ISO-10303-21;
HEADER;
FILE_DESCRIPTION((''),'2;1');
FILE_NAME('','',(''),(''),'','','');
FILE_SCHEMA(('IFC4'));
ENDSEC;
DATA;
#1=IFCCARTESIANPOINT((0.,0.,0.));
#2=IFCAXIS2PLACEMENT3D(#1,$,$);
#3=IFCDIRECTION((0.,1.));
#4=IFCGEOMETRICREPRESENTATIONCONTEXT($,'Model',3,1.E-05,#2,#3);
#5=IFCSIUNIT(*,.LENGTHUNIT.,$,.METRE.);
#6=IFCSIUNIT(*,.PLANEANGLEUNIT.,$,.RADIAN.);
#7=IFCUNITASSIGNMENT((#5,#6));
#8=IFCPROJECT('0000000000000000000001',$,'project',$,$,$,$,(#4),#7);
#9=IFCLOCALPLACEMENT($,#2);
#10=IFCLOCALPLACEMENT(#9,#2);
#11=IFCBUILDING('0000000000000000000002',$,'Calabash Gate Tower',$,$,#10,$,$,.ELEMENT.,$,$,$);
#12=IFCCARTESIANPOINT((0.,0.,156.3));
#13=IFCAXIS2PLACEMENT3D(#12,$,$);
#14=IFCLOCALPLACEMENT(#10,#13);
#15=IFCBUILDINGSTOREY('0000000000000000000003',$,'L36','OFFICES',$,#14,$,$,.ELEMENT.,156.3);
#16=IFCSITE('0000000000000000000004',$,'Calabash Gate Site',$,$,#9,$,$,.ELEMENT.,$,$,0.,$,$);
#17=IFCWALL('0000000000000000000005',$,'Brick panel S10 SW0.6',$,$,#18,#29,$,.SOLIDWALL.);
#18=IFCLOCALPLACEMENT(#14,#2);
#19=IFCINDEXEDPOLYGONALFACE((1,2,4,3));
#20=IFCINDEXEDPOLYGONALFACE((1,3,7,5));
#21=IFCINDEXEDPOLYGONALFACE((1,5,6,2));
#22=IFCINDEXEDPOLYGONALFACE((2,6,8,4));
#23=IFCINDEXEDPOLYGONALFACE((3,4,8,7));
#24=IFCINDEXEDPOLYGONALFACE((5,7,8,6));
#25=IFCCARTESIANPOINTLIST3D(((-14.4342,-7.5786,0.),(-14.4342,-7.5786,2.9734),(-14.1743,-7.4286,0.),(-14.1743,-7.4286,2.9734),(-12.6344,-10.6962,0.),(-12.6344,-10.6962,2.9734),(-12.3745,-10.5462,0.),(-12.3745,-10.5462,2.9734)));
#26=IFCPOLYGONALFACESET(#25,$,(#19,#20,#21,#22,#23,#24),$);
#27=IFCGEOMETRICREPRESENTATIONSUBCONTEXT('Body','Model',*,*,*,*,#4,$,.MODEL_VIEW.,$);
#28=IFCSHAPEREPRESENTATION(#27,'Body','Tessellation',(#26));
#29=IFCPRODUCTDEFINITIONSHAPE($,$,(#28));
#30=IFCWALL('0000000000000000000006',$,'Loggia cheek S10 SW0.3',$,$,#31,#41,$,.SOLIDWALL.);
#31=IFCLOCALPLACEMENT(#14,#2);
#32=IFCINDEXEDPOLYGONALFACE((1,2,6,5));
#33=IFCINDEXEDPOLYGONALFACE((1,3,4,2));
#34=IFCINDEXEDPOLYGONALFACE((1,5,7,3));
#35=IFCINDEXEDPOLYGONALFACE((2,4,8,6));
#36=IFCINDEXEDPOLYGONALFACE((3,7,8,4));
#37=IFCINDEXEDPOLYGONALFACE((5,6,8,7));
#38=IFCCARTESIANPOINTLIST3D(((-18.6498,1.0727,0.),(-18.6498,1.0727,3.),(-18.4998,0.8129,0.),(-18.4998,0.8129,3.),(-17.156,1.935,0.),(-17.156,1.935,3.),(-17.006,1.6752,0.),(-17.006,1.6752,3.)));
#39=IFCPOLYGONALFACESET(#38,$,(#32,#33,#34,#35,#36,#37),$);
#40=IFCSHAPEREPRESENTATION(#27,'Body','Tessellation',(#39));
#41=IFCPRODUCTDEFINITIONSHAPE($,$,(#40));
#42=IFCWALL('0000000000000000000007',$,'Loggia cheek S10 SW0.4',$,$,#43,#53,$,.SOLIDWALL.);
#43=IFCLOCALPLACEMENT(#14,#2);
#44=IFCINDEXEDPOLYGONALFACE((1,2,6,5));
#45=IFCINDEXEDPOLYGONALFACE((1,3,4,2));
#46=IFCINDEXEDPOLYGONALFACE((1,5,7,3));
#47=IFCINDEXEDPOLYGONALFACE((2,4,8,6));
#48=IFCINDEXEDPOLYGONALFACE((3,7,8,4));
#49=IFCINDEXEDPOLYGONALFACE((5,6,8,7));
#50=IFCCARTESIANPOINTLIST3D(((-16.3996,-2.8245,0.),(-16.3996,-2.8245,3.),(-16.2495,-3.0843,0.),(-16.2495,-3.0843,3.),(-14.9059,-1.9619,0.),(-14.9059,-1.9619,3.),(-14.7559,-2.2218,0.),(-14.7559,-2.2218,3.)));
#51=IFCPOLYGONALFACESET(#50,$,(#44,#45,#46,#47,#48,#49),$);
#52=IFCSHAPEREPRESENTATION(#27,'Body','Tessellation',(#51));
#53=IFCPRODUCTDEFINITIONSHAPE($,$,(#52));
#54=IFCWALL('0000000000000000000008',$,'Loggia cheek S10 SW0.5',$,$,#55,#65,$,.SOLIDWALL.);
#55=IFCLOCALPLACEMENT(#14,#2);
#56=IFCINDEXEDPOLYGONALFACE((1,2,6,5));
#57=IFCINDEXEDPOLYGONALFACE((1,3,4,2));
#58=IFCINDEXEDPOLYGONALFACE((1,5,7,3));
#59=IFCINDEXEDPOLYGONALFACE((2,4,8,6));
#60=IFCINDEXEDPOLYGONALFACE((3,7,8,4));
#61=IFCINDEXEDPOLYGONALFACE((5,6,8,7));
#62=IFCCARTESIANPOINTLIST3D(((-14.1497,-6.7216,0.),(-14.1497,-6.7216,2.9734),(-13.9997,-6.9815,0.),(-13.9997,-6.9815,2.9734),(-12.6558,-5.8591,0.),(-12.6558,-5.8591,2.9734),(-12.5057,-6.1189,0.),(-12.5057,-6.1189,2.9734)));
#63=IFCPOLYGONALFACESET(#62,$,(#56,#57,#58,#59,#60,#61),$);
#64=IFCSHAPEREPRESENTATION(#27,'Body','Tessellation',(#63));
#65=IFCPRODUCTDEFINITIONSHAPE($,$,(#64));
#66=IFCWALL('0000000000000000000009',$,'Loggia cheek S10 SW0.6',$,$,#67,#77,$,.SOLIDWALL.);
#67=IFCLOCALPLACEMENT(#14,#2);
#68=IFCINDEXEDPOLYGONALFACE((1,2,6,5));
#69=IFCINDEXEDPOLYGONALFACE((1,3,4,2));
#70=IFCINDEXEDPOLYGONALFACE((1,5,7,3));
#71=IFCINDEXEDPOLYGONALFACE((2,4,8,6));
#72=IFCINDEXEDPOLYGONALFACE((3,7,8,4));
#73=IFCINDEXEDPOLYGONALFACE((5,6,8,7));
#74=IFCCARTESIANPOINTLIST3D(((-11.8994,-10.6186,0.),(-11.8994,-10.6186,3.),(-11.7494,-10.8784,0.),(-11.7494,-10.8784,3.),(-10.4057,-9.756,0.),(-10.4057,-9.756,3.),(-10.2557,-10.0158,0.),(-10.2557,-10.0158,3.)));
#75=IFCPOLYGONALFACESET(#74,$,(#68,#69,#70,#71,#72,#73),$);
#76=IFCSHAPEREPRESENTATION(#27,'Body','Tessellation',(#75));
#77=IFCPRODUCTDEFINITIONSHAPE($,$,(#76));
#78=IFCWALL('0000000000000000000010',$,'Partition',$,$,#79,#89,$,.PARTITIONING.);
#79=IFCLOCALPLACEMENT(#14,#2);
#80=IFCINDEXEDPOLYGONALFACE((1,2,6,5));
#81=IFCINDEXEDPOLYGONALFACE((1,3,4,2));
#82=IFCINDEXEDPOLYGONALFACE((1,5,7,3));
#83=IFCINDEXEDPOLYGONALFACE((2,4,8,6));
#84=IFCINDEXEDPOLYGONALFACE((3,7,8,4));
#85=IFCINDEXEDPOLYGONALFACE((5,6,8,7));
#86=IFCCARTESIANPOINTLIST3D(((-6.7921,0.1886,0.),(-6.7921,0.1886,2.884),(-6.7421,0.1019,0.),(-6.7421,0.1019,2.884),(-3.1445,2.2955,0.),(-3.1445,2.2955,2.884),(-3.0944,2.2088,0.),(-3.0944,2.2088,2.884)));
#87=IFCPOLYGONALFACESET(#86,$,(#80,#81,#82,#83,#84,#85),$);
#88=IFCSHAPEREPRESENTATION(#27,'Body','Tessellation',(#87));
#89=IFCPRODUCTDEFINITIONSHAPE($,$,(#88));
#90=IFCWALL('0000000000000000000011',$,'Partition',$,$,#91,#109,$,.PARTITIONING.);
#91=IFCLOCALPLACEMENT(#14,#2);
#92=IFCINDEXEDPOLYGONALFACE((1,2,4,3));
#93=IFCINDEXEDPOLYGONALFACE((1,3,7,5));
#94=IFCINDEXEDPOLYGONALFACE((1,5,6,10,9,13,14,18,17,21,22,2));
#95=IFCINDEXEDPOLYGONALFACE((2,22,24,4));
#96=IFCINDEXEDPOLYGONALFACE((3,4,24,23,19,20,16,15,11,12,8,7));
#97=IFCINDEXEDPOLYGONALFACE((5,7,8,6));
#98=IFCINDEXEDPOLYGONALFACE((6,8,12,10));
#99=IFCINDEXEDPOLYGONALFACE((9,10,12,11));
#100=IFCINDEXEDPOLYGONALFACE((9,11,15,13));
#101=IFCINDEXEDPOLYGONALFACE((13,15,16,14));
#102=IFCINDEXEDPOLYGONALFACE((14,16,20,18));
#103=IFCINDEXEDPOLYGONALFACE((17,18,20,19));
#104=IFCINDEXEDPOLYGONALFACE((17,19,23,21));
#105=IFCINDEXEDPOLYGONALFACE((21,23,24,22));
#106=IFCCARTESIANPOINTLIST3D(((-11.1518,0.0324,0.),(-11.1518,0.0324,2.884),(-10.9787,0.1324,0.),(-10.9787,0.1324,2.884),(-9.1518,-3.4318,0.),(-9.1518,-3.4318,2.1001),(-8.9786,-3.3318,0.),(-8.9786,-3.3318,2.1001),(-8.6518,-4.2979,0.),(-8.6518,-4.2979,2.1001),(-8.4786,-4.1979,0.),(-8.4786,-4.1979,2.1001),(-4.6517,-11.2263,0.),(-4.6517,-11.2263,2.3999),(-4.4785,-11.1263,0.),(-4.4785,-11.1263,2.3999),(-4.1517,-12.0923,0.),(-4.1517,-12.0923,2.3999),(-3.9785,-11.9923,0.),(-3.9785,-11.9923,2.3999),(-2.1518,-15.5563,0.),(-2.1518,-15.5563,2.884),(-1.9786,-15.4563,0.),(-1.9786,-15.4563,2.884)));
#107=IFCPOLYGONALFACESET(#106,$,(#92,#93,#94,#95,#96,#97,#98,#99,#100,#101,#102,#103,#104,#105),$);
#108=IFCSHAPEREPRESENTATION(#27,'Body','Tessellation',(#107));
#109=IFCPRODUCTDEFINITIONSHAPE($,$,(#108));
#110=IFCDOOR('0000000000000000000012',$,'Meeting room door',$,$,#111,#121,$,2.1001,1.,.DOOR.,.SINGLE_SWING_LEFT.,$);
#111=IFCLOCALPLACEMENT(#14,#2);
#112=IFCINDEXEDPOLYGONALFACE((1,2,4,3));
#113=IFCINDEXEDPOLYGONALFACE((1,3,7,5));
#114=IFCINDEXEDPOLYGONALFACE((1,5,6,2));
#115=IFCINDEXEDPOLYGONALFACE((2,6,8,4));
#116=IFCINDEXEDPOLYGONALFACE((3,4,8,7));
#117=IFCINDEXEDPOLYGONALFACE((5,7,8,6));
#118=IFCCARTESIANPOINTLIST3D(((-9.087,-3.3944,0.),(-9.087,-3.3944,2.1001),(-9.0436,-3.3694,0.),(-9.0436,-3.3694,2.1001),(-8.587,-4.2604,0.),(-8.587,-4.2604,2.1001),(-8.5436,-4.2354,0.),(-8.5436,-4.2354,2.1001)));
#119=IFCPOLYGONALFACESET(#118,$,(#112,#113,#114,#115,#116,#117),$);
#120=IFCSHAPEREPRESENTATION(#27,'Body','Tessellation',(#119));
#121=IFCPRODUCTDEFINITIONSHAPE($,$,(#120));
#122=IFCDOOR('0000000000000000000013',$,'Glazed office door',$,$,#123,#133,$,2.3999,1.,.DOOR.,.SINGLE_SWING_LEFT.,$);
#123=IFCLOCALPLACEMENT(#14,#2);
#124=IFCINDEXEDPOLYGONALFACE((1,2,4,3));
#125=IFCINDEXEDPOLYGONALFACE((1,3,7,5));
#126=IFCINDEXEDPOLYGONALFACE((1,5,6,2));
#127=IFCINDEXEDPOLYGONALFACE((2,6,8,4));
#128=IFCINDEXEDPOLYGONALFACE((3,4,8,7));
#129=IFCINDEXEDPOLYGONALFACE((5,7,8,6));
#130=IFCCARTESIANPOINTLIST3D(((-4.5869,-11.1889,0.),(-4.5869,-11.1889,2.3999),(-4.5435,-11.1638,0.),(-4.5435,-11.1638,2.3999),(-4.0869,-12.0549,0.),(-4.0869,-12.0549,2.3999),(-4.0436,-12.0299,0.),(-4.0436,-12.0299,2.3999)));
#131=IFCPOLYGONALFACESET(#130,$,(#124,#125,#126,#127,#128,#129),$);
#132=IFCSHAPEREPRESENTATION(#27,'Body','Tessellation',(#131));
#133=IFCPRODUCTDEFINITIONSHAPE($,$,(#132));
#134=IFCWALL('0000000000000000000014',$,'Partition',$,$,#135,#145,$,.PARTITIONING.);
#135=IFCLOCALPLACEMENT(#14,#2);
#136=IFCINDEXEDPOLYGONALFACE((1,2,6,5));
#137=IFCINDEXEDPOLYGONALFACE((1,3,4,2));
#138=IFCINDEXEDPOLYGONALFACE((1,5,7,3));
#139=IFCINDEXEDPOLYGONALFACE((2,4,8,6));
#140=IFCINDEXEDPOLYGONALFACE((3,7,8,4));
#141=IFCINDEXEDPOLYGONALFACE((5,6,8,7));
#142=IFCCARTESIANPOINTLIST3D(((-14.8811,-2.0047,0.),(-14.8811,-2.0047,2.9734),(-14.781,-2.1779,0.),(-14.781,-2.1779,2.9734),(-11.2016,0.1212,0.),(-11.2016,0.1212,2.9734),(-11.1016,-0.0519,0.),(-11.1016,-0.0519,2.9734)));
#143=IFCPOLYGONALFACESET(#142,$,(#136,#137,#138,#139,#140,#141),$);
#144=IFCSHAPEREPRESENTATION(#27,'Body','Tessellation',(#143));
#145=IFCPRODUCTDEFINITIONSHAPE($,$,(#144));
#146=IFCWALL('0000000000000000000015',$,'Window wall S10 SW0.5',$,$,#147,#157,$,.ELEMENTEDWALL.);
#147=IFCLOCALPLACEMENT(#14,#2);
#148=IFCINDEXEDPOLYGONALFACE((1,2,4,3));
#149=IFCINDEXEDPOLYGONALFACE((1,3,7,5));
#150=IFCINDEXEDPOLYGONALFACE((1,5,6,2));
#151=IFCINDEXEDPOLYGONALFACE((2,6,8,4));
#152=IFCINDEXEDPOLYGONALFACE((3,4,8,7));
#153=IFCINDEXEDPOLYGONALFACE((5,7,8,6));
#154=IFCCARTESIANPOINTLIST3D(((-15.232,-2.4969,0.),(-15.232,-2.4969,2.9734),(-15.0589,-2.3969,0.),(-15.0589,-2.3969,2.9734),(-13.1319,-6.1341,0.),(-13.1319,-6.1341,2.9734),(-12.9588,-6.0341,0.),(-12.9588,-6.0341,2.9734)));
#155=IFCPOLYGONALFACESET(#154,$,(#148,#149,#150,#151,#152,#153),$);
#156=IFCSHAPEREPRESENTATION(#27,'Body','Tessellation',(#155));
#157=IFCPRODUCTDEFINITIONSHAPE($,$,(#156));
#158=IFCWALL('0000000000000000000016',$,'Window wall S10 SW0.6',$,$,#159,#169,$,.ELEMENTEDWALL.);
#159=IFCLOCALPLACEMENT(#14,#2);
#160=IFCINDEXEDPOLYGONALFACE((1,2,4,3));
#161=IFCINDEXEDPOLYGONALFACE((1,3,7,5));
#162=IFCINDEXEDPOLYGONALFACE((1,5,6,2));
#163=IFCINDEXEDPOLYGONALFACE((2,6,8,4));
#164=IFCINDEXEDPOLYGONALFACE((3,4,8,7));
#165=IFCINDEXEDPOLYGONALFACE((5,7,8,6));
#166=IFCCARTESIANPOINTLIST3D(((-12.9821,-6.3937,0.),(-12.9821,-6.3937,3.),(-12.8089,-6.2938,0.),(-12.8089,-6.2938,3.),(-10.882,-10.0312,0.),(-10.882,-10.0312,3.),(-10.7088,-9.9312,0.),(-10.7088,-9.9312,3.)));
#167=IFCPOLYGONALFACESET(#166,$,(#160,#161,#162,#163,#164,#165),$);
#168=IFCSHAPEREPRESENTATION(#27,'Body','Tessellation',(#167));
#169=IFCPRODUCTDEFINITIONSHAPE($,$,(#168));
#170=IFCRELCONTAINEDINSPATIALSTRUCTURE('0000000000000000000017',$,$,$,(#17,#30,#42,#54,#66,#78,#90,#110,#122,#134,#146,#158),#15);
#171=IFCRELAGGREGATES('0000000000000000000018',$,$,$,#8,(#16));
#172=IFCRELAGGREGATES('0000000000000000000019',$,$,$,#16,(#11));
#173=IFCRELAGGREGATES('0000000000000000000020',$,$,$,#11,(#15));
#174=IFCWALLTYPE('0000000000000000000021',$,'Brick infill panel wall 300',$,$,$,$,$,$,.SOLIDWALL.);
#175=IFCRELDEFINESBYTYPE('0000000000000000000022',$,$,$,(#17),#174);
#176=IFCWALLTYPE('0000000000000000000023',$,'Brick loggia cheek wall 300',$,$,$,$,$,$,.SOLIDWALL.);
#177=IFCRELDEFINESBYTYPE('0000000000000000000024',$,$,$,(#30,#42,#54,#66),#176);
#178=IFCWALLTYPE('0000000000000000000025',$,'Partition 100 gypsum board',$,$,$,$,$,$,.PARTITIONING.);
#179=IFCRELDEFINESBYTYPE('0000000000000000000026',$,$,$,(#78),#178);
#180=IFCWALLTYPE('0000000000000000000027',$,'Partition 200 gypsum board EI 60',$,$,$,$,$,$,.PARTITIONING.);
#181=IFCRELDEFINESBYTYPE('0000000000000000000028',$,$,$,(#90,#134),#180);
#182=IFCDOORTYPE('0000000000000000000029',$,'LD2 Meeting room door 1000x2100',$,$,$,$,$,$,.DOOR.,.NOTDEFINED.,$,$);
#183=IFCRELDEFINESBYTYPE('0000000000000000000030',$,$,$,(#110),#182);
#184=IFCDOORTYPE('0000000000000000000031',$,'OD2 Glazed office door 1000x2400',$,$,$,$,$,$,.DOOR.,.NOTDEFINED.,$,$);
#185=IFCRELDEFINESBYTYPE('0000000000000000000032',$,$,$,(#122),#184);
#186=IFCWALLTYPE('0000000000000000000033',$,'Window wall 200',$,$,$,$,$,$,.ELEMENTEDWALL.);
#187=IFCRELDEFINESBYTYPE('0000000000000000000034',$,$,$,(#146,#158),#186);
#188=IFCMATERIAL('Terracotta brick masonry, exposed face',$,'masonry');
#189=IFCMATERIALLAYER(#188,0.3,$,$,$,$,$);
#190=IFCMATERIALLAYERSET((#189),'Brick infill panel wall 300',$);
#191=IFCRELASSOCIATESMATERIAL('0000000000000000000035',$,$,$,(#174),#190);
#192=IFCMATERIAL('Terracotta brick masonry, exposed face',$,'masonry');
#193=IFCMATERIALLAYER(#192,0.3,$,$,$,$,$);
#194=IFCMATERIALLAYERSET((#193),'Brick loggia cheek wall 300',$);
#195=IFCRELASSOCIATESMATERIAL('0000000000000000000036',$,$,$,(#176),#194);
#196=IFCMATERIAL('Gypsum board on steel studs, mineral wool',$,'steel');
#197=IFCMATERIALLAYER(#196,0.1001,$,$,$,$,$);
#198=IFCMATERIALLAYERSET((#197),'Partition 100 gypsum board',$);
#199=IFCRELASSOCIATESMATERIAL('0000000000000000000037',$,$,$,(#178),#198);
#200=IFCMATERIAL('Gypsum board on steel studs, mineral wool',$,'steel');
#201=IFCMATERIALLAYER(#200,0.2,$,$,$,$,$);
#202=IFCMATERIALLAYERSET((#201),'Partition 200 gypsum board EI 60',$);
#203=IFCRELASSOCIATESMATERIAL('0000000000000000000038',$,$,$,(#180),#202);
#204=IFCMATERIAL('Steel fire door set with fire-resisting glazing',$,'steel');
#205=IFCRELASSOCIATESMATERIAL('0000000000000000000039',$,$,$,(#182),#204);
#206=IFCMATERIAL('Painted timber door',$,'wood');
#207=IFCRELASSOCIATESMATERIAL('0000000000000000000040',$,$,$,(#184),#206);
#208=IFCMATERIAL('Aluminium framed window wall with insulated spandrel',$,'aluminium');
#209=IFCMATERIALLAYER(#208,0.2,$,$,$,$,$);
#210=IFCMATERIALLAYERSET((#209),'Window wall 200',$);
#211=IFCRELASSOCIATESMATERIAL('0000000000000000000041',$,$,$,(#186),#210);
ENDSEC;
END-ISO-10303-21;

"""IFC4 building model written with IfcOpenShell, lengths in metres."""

from ifc_helpers import new_model, si_unit, direction, frame, frame_2d, origin, place, context, subcontext, project, spatial, rectangle, extrude, material, layer, layer_set, type_object, element, fill, save


model = new_model("IFC4")

# Units and contexts
model_context = context("Model", 3, precision=1e-05, world=origin(), true_north=direction((0.0, 1.0)))
body_context = subcontext(model_context, "Body", "Model", "MODEL_VIEW")
ifc_project = project(units=[si_unit("LENGTHUNIT", "METRE"), si_unit("PLANEANGLEUNIT", "RADIAN")], contexts=[model_context])

# Site, building, storey
site_placement = place(None, origin())
site = spatial("IfcSite", under=ifc_project, at=site_placement, Name="Calabash Gate Site", CompositionType="ELEMENT", RefElevation=0.0)
building_placement = place(site_placement, origin())
building = spatial("IfcBuilding", under=site, at=building_placement, Name="Calabash Gate Tower", CompositionType="ELEMENT")
storey_placement = place(building_placement, frame((0.0, 0.0, 156.3)))
storey = spatial("IfcBuildingStorey", under=building, at=storey_placement, Name="L36", Description="OFFICES", CompositionType="ELEMENT", Elevation=156.3)

# Walls
ifc_material_1 = material(Name="Terracotta brick masonry, exposed face", Category="masonry")
ifc_layer_1 = layer(ifc_material_1, 0.3)
ifc_layer_set_1 = layer_set([ifc_layer_1], Name="Brick infill panel wall 300")
wall_type_1 = type_object("IfcWallType", Name="Brick infill panel wall 300", PredefinedType="SOLIDWALL", material=ifc_layer_set_1)
wall_1_placement = place(storey_placement, frame((-14.3042, -7.5037, 0.0), z_axis=(0.0, 0.0, 1.0), x_axis=(0.499961, -0.866048, 0.0)))
element("IfcWall", 1, at=wall_1_placement, inside=storey, type_object=wall_type_1, Name="Brick panel S10 SW0.6", PredefinedType="SOLIDWALL", context=body_context, shape_type="SweptSolid", body=[
    extrude(rectangle(XDim=3.5999, YDim=0.3, at=frame_2d((1.7998, 0.0))), origin(), (0.0, 0.0, 1.0), 2.9734),
])
ifc_material_2 = material(Name="Terracotta brick masonry, exposed face", Category="masonry")
ifc_layer_2 = layer(ifc_material_2, 0.3)
ifc_layer_set_2 = layer_set([ifc_layer_2], Name="Brick loggia cheek wall 300")
wall_type_2 = type_object("IfcWallType", Name="Brick loggia cheek wall 300", PredefinedType="SOLIDWALL", material=ifc_layer_set_2)
for number, where, z_axis, x_axis, name in (
    (2, (-18.5747, 0.9429, 0.0), (0.0, 0.0, 1.0), (0.866075, 0.499914, 0.0), "Loggia cheek S10 SW0.3"),
    (3, (-16.3245, -2.9543, 0.0), (0.0, 0.0, 1.0), (0.865978, 0.500082, 0.0), "Loggia cheek S10 SW0.4"),
):
    element("IfcWall", number, at=place(storey_placement, frame(where, z_axis=z_axis, x_axis=x_axis)), inside=storey, type_object=wall_type_2, Name=name, PredefinedType="SOLIDWALL", context=body_context, shape_type="SweptSolid", body=[
        extrude(rectangle(XDim=1.7249, YDim=0.3, at=frame_2d((0.8623, 0.0))), origin(), (0.0, 0.0, 1.0), 3.0),
    ])
wall_2_placement = place(storey_placement, frame((-14.0747, -6.8516, 0.0), z_axis=(0.0, 0.0, 1.0), x_axis=(0.866014, 0.500021, 0.0)))
element("IfcWall", 4, at=wall_2_placement, inside=storey, type_object=wall_type_2, Name="Loggia cheek S10 SW0.5", PredefinedType="SOLIDWALL", context=body_context, shape_type="SweptSolid", body=[
    extrude(rectangle(XDim=1.7251, YDim=0.3, at=frame_2d((0.8625, 0.0))), origin(), (0.0, 0.0, 1.0), 2.9734),
])
wall_3_placement = place(storey_placement, frame((-10.3308, -9.886, 0.0), z_axis=(0.0, 0.0, 1.0), x_axis=(-0.865978, -0.500082, 0.0)))
element("IfcWall", 5, at=wall_3_placement, inside=storey, type_object=wall_type_2, Name="Loggia cheek S10 SW0.6", PredefinedType="SOLIDWALL", context=body_context, shape_type="SweptSolid", body=[
    extrude(rectangle(XDim=1.7249, YDim=0.3, at=frame_2d((0.8623, 0.0))), origin(), (0.0, 0.0, 1.0), 3.0),
])
ifc_material_3 = material(Name="Gypsum board on steel studs, mineral wool", Category="steel")
ifc_layer_3 = layer(ifc_material_3, 0.1001)
ifc_layer_set_3 = layer_set([ifc_layer_3], Name="Partition 100 gypsum board")
wall_type_3 = type_object("IfcWallType", Name="Partition 100 gypsum board", PredefinedType="PARTITIONING", material=ifc_layer_set_3)
wall_4_placement = place(storey_placement, frame((-6.7671, 0.1453, 0.0), z_axis=(0.0, 0.0, 1.0), x_axis=(0.86593, 0.500166, 0.0)))
element("IfcWall", 6, at=wall_4_placement, inside=storey, type_object=wall_type_3, Name="Partition", PredefinedType="PARTITIONING", context=body_context, shape_type="SweptSolid", body=[
    extrude(rectangle(XDim=4.2124, YDim=0.1001, at=frame_2d((2.1062, 0.0))), origin(), (0.0, 0.0, 1.0), 2.884),
])

# Wall, openings, doors
ifc_material_4 = material(Name="Gypsum board on steel studs, mineral wool", Category="steel")
ifc_layer_4 = layer(ifc_material_4, 0.2)
ifc_layer_set_4 = layer_set([ifc_layer_4], Name="Partition 200 gypsum board EI 60")
wall_type_4 = type_object("IfcWallType", Name="Partition 200 gypsum board EI 60", PredefinedType="PARTITIONING", material=ifc_layer_set_4)
wall_5_placement = place(storey_placement, frame((-11.0652, 0.0823, 0.0), z_axis=(0.0, 0.0, 1.0), x_axis=(0.499996, -0.866028, 0.0)))
wall_5 = element("IfcWall", 7, at=wall_5_placement, inside=storey, type_object=wall_type_4, Name="Partition", PredefinedType="PARTITIONING", context=body_context, shape_type="SweptSolid", body=[
    extrude(rectangle(XDim=18.0002, YDim=0.2, at=frame_2d((9.0, 0.0))), origin(), (0.0, 0.0, 1.0), 2.884),
])
opening_1_placement = place(wall_5_placement, frame((4.0, 0.0, 0.0)))
opening_1 = element("IfcOpeningElement", 8, at=opening_1_placement, cuts=wall_5, PredefinedType="OPENING", context=body_context, shape_type="SweptSolid", body=[
    extrude(rectangle(XDim=1.0, YDim=2.1001, at=frame_2d((0.5, 1.05))), frame((0.0, 0.1099, 0.0), z_axis=(0.0, -1.0, 0.0), x_axis=(1.0, 0.0, 0.0)), (0.0, 0.0, 1.0), 0.22),
])
opening_2_placement = place(wall_5_placement, frame((13.0002, 0.0, 0.0)))
opening_2 = element("IfcOpeningElement", 9, at=opening_2_placement, cuts=wall_5, PredefinedType="OPENING", context=body_context, shape_type="SweptSolid", body=[
    extrude(rectangle(XDim=1.0, YDim=2.3999, at=frame_2d((0.5, 1.2))), frame((0.0, 0.1099, 0.0), z_axis=(0.0, -1.0, 0.0), x_axis=(1.0, 0.0, 0.0)), (0.0, 0.0, 1.0), 0.22),
])
ifc_material_5 = material(Name="Steel fire door set with fire-resisting glazing", Category="steel")
door_type_1 = type_object("IfcDoorType", Name="LD2 Meeting room door 1000x2100", OperationType="NOTDEFINED", PredefinedType="DOOR", material=ifc_material_5)
door_1_placement = place(opening_1_placement, origin())
door_1 = element("IfcDoor", 10, at=door_1_placement, inside=storey, type_object=door_type_1, Name="Meeting room door", OperationType="SINGLE_SWING_LEFT", OverallHeight=2.1001, OverallWidth=1.0, PredefinedType="DOOR", context=body_context, shape_type="SweptSolid", body=[
    extrude(rectangle(XDim=1.0, YDim=2.1001, at=frame_2d((0.5, 1.05))), frame((0.0, 0.0249, 0.0), z_axis=(0.0, -1.0, 0.0), x_axis=(1.0, 0.0, 0.0)), (0.0, 0.0, 1.0), 0.05),
])
fill(opening_1, door_1)
ifc_material_6 = material(Name="Painted timber door", Category="wood")
door_type_2 = type_object("IfcDoorType", Name="OD2 Glazed office door 1000x2400", OperationType="NOTDEFINED", PredefinedType="DOOR", material=ifc_material_6)
door_2_placement = place(opening_2_placement, origin())
door_2 = element("IfcDoor", 11, at=door_2_placement, inside=storey, type_object=door_type_2, Name="Glazed office door", OperationType="SINGLE_SWING_LEFT", OverallHeight=2.3999, OverallWidth=1.0, PredefinedType="DOOR", context=body_context, shape_type="SweptSolid", body=[
    extrude(rectangle(XDim=1.0, YDim=2.3999, at=frame_2d((0.5, 1.2))), frame((0.0, 0.0249, 0.0), z_axis=(0.0, -1.0, 0.0), x_axis=(1.0, 0.0, 0.0)), (0.0, 0.0, 1.0), 0.05),
])
fill(opening_2, door_2)

# Walls
wall_6_placement = place(storey_placement, frame((-14.8311, -2.0913, 0.0), z_axis=(0.0, 0.0, 1.0), x_axis=(0.865857, 0.500291, 0.0)))
element("IfcWall", 12, at=wall_6_placement, inside=storey, type_object=wall_type_4, Name="Partition", PredefinedType="PARTITIONING", context=body_context, shape_type="SweptSolid", body=[
    extrude(rectangle(XDim=4.2495, YDim=0.2, at=frame_2d((2.1248, 0.0))), origin(), (0.0, 0.0, 1.0), 2.9734),
])
ifc_material_7 = material(Name="Aluminium framed window wall with insulated spandrel", Category="aluminium")
ifc_layer_5 = layer(ifc_material_7, 0.2)
ifc_layer_set_5 = layer_set([ifc_layer_5], Name="Window wall 200")
wall_type_5 = type_object("IfcWallType", Name="Window wall 200", PredefinedType="ELEMENTEDWALL", material=ifc_layer_set_5)
wall_7_placement = place(storey_placement, frame((-15.1455, -2.4468, 0.0), z_axis=(0.0, 0.0, 1.0), x_axis=(0.500028, -0.866009, 0.0)))
element("IfcWall", 13, at=wall_7_placement, inside=storey, type_object=wall_type_5, Name="Window wall S10 SW0.5", PredefinedType="ELEMENTEDWALL", context=body_context, shape_type="SweptSolid", body=[
    extrude(rectangle(XDim=4.2, YDim=0.2, at=frame_2d((2.1001, 0.0))), origin(), (0.0, 0.0, 1.0), 2.9734),
])
wall_8_placement = place(storey_placement, frame((-12.8955, -6.3438, 0.0), z_axis=(0.0, 0.0, 1.0), x_axis=(0.500003, -0.866024, 0.0)))
element("IfcWall", 14, at=wall_8_placement, inside=storey, type_object=wall_type_5, Name="Window wall S10 SW0.6", PredefinedType="ELEMENTEDWALL", context=body_context, shape_type="SweptSolid", body=[
    extrude(rectangle(XDim=4.2002, YDim=0.2, at=frame_2d((2.1001, 0.0))), origin(), (0.0, 0.0, 1.0), 3.0),
])

save(model, "model.ifc")
